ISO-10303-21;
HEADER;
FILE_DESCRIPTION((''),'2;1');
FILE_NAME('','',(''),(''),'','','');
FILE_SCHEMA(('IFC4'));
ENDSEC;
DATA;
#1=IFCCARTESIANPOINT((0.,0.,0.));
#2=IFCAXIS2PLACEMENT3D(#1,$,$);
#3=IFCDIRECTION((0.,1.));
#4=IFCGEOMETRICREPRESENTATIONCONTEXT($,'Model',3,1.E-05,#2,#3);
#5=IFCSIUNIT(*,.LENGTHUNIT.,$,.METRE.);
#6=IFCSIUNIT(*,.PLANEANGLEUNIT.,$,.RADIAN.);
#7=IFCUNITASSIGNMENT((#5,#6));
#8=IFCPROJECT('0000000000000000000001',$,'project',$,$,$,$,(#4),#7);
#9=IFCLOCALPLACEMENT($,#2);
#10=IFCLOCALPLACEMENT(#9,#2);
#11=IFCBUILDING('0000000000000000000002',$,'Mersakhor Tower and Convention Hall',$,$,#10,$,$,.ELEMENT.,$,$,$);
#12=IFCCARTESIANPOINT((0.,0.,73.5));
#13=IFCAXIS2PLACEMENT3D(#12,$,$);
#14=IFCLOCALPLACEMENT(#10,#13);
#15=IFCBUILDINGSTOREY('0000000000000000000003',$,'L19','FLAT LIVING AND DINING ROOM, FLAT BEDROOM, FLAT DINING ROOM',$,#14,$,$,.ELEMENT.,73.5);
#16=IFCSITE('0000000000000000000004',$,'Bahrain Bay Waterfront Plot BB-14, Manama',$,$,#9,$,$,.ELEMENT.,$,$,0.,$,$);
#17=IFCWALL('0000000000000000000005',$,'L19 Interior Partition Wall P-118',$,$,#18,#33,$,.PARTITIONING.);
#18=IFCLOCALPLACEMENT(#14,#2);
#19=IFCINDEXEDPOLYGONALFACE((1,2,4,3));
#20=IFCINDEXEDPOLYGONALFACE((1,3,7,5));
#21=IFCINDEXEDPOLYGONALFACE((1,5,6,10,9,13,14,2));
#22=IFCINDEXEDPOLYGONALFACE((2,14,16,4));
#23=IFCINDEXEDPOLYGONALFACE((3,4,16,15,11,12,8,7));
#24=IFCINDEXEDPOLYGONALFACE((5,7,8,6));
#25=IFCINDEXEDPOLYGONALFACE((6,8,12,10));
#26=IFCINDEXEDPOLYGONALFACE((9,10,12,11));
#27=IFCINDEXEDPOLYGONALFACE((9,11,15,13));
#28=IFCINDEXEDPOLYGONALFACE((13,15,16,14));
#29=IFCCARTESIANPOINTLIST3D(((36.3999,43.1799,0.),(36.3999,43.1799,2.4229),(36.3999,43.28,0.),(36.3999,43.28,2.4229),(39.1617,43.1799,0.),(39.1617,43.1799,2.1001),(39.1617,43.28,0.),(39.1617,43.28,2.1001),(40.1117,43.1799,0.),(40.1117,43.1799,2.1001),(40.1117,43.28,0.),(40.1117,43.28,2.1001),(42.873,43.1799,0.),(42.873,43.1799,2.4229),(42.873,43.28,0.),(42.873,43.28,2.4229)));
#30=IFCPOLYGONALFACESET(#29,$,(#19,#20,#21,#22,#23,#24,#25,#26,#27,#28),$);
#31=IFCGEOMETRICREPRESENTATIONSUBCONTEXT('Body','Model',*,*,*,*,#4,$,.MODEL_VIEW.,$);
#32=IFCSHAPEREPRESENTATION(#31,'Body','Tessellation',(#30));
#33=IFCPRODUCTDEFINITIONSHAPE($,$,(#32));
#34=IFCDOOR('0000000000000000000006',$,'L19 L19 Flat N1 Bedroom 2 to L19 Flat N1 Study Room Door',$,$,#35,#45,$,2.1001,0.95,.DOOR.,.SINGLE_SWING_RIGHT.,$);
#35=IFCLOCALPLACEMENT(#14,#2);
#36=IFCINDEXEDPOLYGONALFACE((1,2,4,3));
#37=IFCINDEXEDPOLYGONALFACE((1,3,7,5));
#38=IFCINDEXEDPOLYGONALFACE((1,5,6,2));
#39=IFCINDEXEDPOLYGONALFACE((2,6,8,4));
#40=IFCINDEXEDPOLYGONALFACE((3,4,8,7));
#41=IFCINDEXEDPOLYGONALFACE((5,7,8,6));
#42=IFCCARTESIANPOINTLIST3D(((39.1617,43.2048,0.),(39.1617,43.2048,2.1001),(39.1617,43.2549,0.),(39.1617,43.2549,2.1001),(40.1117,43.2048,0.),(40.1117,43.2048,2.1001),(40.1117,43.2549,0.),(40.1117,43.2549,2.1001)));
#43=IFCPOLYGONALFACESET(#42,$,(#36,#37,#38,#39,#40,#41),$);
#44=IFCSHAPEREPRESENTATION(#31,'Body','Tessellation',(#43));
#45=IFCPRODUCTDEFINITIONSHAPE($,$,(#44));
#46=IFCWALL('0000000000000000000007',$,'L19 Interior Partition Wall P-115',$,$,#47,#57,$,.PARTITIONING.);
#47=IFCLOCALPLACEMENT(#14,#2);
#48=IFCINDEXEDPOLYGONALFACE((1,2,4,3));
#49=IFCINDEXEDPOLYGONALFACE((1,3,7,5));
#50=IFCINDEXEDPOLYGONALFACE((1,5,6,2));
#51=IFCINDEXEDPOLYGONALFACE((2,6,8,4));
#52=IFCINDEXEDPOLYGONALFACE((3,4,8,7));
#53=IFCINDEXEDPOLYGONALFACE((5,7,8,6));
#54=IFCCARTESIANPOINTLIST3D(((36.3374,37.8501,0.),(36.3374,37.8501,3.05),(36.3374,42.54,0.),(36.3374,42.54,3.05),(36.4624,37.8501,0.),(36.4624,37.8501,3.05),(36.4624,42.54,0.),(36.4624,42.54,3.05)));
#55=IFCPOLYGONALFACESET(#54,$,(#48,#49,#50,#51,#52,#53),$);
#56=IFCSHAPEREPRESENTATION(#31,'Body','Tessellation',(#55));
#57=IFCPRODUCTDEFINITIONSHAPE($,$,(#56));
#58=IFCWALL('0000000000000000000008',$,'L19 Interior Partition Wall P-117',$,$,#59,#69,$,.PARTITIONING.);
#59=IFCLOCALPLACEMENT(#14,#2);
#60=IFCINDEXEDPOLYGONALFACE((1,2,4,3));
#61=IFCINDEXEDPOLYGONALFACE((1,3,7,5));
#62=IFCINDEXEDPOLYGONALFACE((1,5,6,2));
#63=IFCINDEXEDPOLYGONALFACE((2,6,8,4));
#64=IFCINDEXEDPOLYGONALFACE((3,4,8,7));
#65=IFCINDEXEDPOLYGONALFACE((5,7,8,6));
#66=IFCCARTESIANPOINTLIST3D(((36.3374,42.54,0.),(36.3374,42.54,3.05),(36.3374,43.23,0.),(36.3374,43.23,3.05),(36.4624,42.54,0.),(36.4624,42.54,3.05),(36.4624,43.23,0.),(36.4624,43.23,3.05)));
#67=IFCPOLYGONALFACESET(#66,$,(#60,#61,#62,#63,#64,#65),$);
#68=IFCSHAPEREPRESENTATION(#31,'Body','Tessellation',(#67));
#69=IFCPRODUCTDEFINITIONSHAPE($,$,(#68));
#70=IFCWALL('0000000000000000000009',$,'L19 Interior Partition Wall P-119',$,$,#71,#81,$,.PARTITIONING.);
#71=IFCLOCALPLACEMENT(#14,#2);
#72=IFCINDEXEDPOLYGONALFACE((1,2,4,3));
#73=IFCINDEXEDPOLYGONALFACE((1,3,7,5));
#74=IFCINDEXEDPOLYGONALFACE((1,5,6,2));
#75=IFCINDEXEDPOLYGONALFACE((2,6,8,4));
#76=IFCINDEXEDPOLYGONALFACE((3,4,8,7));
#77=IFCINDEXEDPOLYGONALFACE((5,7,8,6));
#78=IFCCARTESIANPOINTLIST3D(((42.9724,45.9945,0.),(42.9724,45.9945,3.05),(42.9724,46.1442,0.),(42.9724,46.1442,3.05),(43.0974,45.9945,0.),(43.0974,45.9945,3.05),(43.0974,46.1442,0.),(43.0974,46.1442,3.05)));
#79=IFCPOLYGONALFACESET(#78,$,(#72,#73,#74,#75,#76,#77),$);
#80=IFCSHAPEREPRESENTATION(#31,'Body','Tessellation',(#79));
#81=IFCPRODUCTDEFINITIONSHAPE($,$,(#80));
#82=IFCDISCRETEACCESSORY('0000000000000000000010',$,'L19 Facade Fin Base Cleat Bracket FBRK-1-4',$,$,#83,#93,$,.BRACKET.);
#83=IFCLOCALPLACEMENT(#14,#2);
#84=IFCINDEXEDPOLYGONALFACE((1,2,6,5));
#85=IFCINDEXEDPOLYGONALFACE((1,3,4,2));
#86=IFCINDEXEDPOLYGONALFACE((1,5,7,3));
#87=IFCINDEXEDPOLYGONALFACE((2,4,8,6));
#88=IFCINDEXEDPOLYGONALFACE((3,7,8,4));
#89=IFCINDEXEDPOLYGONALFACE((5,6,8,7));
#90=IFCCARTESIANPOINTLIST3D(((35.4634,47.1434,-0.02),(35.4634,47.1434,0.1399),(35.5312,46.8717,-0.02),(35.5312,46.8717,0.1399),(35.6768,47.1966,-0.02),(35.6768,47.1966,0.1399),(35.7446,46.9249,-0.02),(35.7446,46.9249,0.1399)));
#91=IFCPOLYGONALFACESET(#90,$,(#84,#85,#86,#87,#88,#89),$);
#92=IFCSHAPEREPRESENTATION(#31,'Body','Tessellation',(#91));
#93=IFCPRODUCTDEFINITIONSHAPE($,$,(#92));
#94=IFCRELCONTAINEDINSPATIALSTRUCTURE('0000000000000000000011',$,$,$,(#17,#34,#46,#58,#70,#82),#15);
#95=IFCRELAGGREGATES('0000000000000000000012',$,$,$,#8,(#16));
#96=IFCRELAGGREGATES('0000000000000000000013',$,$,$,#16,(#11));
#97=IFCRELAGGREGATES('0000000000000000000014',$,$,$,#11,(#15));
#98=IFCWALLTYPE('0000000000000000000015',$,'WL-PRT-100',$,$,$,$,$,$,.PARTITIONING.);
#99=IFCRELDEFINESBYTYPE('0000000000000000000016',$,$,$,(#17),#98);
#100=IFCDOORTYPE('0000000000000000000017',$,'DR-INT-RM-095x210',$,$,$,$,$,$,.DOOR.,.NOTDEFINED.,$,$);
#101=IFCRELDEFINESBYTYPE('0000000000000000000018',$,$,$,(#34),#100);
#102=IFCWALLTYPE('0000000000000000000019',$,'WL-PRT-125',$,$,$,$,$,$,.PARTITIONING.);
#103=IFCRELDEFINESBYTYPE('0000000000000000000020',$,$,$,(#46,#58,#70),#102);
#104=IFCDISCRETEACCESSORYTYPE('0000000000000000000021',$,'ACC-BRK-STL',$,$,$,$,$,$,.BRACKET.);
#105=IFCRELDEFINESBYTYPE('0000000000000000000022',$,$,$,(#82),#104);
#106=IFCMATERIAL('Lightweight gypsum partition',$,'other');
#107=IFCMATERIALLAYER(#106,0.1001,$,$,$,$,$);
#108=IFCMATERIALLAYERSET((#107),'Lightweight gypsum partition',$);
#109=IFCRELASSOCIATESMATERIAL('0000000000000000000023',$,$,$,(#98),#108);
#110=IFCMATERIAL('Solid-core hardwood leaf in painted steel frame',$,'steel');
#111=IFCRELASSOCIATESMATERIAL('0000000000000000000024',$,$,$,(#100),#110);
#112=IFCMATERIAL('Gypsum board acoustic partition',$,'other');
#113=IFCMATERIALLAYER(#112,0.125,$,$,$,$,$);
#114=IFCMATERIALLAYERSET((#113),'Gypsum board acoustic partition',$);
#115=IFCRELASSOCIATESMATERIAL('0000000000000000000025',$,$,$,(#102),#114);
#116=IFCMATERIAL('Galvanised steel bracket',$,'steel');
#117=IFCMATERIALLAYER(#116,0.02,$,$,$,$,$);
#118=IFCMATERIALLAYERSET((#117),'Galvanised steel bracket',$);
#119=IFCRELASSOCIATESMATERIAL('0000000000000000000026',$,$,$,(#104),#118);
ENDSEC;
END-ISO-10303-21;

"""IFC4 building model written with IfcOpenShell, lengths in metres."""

from ifc_helpers import new_model, si_unit, direction, frame, frame_2d, origin, origin_2d, place, context, subcontext, project, spatial, rectangle, extrude, material, layer, layer_set, type_object, element, fill, save


model = new_model("IFC4")

# Units and contexts
model_context = context("Model", 3, precision=1e-05, world=origin(), true_north=direction((0.0, 1.0)))
body_context = subcontext(model_context, "Body", "Model", "MODEL_VIEW")
ifc_project = project(units=[si_unit("LENGTHUNIT", "METRE"), si_unit("PLANEANGLEUNIT", "RADIAN")], contexts=[model_context])

# Site, building, storey
site_placement = place(None, origin())
site = spatial("IfcSite", under=ifc_project, at=site_placement, Name="Bahrain Bay Waterfront Plot BB-14, Manama", CompositionType="ELEMENT", RefElevation=0.0)
building_placement = place(site_placement, origin())
building = spatial("IfcBuilding", under=site, at=building_placement, Name="Mersakhor Tower and Convention Hall", CompositionType="ELEMENT")
storey_placement = place(building_placement, frame((0.0, 0.0, 73.5)))
storey = spatial("IfcBuildingStorey", under=building, at=storey_placement, Name="L19", Description="FLAT LIVING AND DINING ROOM, FLAT BEDROOM, FLAT DINING ROOM", CompositionType="ELEMENT", Elevation=73.5)

# Shared definitions
ifc_material_1 = material(Name="Lightweight gypsum partition", Category="other")
ifc_layer_1 = layer(ifc_material_1, 0.1001)
ifc_layer_set_1 = layer_set([ifc_layer_1], Name="Lightweight gypsum partition")
wall_type_1 = type_object("IfcWallType", Name="WL-PRT-100", PredefinedType="PARTITIONING", material=ifc_layer_set_1)
ifc_material_2 = material(Name="Solid-core hardwood leaf in painted steel frame", Category="steel")
door_type_1 = type_object("IfcDoorType", Name="DR-INT-RM-095x210", OperationType="NOTDEFINED", PredefinedType="DOOR", material=ifc_material_2)

# Wall, opening, door
wall_1_placement = place(storey_placement, frame((36.3999, 43.23, 0.0), z_axis=(0.0, 0.0, 1.0), x_axis=(1.0, 0.0, 0.0)))
wall_1 = element("IfcWall", 1, at=wall_1_placement, inside=storey, type_object=wall_type_1, Name="L19 Interior Partition Wall P-118", PredefinedType="PARTITIONING", context=body_context, shape_type="SweptSolid", body=[
    extrude(rectangle(XDim=6.4731, YDim=0.1001, at=frame_2d((3.2366, 0.0))), origin(), (0.0, 0.0, 1.0), 2.4229),
])
opening_1_placement = place(wall_1_placement, frame((2.7617, 0.0, 0.0)))
opening_1 = element("IfcOpeningElement", 2, at=opening_1_placement, cuts=wall_1, PredefinedType="OPENING", context=body_context, shape_type="SweptSolid", body=[
    extrude(rectangle(XDim=0.95, YDim=2.1001, at=frame_2d((0.4751, 1.05))), frame((0.0, 0.0601, 0.0), z_axis=(0.0, -1.0, 0.0), x_axis=(1.0, 0.0, 0.0)), (0.0, 0.0, 1.0), 0.1201),
])
door_1_placement = place(opening_1_placement, origin())
door_1 = element("IfcDoor", 3, at=door_1_placement, inside=storey, type_object=door_type_1, Name="L19 L19 Flat N1 Bedroom 2 to L19 Flat N1 Study Room Door", OperationType="SINGLE_SWING_RIGHT", OverallHeight=2.1001, OverallWidth=0.95, PredefinedType="DOOR", context=body_context, shape_type="SweptSolid", body=[
    extrude(rectangle(XDim=0.95, YDim=2.1001, at=frame_2d((0.4751, 1.05))), frame((0.0, 0.0249, 0.0), z_axis=(0.0, -1.0, 0.0), x_axis=(1.0, 0.0, 0.0)), (0.0, 0.0, 1.0), 0.05),
])
fill(opening_1, door_1)

# Walls
ifc_material_3 = material(Name="Gypsum board acoustic partition", Category="other")
ifc_layer_2 = layer(ifc_material_3, 0.125)
ifc_layer_set_2 = layer_set([ifc_layer_2], Name="Gypsum board acoustic partition")
wall_type_2 = type_object("IfcWallType", Name="WL-PRT-125", PredefinedType="PARTITIONING", material=ifc_layer_set_2)
wall_2_placement = place(storey_placement, frame((36.3999, 42.54, 0.0), z_axis=(0.0, 0.0, 1.0), x_axis=(0.0, -1.0, 0.0)))
element("IfcWall", 4, at=wall_2_placement, inside=storey, type_object=wall_type_2, Name="L19 Interior Partition Wall P-115", PredefinedType="PARTITIONING", context=body_context, shape_type="SweptSolid", body=[
    extrude(rectangle(XDim=4.6899, YDim=0.125, at=frame_2d((2.345, 0.0))), origin(), (0.0, 0.0, 1.0), 3.05),
])
wall_3_placement = place(storey_placement, frame((36.3999, 43.23, 0.0), z_axis=(0.0, 0.0, 1.0), x_axis=(0.0, -1.0, 0.0)))
element("IfcWall", 5, at=wall_3_placement, inside=storey, type_object=wall_type_2, Name="L19 Interior Partition Wall P-117", PredefinedType="PARTITIONING", context=body_context, shape_type="SweptSolid", body=[
    extrude(rectangle(XDim=0.6899, YDim=0.125, at=frame_2d((0.345, 0.0))), origin(), (0.0, 0.0, 1.0), 3.05),
])
wall_4_placement = place(storey_placement, frame((43.0349, 46.144, 0.0), z_axis=(0.0, 0.0, 1.0), x_axis=(0.0, -1.0, 0.0)))
element("IfcWall", 6, at=wall_4_placement, inside=storey, type_object=wall_type_2, Name="L19 Interior Partition Wall P-119", PredefinedType="PARTITIONING", context=body_context, shape_type="SweptSolid", body=[
    extrude(rectangle(XDim=0.1497, YDim=0.125, at=frame_2d((0.0747, 0.0))), origin(), (0.0, 0.0, 1.0), 3.05),
])

# Discrete accessory
ifc_material_4 = material(Name="Galvanised steel bracket", Category="steel")
ifc_layer_3 = layer(ifc_material_4, 0.02)
ifc_layer_set_3 = layer_set([ifc_layer_3], Name="Galvanised steel bracket")
discrete_accessory_type = type_object("IfcDiscreteAccessoryType", Name="ACC-BRK-STL", PredefinedType="BRACKET", material=ifc_layer_set_3)
discrete_accessory_placement = place(storey_placement, frame((35.604, 47.0342, -0.02), z_axis=(0.0, 0.0, 1.0), x_axis=(-0.241922, 0.970296, 0.0)))
element("IfcDiscreteAccessory", 7, at=discrete_accessory_placement, inside=storey, type_object=discrete_accessory_type, Name="L19 Facade Fin Base Cleat Bracket FBRK-1-4", PredefinedType="BRACKET", context=body_context, shape_type="SweptSolid", body=[
    extrude(rectangle(XDim=0.28, YDim=0.22, at=origin_2d()), origin(), (0.0, 0.0, 1.0), 0.1599),
])

save(model, "model.ifc")
